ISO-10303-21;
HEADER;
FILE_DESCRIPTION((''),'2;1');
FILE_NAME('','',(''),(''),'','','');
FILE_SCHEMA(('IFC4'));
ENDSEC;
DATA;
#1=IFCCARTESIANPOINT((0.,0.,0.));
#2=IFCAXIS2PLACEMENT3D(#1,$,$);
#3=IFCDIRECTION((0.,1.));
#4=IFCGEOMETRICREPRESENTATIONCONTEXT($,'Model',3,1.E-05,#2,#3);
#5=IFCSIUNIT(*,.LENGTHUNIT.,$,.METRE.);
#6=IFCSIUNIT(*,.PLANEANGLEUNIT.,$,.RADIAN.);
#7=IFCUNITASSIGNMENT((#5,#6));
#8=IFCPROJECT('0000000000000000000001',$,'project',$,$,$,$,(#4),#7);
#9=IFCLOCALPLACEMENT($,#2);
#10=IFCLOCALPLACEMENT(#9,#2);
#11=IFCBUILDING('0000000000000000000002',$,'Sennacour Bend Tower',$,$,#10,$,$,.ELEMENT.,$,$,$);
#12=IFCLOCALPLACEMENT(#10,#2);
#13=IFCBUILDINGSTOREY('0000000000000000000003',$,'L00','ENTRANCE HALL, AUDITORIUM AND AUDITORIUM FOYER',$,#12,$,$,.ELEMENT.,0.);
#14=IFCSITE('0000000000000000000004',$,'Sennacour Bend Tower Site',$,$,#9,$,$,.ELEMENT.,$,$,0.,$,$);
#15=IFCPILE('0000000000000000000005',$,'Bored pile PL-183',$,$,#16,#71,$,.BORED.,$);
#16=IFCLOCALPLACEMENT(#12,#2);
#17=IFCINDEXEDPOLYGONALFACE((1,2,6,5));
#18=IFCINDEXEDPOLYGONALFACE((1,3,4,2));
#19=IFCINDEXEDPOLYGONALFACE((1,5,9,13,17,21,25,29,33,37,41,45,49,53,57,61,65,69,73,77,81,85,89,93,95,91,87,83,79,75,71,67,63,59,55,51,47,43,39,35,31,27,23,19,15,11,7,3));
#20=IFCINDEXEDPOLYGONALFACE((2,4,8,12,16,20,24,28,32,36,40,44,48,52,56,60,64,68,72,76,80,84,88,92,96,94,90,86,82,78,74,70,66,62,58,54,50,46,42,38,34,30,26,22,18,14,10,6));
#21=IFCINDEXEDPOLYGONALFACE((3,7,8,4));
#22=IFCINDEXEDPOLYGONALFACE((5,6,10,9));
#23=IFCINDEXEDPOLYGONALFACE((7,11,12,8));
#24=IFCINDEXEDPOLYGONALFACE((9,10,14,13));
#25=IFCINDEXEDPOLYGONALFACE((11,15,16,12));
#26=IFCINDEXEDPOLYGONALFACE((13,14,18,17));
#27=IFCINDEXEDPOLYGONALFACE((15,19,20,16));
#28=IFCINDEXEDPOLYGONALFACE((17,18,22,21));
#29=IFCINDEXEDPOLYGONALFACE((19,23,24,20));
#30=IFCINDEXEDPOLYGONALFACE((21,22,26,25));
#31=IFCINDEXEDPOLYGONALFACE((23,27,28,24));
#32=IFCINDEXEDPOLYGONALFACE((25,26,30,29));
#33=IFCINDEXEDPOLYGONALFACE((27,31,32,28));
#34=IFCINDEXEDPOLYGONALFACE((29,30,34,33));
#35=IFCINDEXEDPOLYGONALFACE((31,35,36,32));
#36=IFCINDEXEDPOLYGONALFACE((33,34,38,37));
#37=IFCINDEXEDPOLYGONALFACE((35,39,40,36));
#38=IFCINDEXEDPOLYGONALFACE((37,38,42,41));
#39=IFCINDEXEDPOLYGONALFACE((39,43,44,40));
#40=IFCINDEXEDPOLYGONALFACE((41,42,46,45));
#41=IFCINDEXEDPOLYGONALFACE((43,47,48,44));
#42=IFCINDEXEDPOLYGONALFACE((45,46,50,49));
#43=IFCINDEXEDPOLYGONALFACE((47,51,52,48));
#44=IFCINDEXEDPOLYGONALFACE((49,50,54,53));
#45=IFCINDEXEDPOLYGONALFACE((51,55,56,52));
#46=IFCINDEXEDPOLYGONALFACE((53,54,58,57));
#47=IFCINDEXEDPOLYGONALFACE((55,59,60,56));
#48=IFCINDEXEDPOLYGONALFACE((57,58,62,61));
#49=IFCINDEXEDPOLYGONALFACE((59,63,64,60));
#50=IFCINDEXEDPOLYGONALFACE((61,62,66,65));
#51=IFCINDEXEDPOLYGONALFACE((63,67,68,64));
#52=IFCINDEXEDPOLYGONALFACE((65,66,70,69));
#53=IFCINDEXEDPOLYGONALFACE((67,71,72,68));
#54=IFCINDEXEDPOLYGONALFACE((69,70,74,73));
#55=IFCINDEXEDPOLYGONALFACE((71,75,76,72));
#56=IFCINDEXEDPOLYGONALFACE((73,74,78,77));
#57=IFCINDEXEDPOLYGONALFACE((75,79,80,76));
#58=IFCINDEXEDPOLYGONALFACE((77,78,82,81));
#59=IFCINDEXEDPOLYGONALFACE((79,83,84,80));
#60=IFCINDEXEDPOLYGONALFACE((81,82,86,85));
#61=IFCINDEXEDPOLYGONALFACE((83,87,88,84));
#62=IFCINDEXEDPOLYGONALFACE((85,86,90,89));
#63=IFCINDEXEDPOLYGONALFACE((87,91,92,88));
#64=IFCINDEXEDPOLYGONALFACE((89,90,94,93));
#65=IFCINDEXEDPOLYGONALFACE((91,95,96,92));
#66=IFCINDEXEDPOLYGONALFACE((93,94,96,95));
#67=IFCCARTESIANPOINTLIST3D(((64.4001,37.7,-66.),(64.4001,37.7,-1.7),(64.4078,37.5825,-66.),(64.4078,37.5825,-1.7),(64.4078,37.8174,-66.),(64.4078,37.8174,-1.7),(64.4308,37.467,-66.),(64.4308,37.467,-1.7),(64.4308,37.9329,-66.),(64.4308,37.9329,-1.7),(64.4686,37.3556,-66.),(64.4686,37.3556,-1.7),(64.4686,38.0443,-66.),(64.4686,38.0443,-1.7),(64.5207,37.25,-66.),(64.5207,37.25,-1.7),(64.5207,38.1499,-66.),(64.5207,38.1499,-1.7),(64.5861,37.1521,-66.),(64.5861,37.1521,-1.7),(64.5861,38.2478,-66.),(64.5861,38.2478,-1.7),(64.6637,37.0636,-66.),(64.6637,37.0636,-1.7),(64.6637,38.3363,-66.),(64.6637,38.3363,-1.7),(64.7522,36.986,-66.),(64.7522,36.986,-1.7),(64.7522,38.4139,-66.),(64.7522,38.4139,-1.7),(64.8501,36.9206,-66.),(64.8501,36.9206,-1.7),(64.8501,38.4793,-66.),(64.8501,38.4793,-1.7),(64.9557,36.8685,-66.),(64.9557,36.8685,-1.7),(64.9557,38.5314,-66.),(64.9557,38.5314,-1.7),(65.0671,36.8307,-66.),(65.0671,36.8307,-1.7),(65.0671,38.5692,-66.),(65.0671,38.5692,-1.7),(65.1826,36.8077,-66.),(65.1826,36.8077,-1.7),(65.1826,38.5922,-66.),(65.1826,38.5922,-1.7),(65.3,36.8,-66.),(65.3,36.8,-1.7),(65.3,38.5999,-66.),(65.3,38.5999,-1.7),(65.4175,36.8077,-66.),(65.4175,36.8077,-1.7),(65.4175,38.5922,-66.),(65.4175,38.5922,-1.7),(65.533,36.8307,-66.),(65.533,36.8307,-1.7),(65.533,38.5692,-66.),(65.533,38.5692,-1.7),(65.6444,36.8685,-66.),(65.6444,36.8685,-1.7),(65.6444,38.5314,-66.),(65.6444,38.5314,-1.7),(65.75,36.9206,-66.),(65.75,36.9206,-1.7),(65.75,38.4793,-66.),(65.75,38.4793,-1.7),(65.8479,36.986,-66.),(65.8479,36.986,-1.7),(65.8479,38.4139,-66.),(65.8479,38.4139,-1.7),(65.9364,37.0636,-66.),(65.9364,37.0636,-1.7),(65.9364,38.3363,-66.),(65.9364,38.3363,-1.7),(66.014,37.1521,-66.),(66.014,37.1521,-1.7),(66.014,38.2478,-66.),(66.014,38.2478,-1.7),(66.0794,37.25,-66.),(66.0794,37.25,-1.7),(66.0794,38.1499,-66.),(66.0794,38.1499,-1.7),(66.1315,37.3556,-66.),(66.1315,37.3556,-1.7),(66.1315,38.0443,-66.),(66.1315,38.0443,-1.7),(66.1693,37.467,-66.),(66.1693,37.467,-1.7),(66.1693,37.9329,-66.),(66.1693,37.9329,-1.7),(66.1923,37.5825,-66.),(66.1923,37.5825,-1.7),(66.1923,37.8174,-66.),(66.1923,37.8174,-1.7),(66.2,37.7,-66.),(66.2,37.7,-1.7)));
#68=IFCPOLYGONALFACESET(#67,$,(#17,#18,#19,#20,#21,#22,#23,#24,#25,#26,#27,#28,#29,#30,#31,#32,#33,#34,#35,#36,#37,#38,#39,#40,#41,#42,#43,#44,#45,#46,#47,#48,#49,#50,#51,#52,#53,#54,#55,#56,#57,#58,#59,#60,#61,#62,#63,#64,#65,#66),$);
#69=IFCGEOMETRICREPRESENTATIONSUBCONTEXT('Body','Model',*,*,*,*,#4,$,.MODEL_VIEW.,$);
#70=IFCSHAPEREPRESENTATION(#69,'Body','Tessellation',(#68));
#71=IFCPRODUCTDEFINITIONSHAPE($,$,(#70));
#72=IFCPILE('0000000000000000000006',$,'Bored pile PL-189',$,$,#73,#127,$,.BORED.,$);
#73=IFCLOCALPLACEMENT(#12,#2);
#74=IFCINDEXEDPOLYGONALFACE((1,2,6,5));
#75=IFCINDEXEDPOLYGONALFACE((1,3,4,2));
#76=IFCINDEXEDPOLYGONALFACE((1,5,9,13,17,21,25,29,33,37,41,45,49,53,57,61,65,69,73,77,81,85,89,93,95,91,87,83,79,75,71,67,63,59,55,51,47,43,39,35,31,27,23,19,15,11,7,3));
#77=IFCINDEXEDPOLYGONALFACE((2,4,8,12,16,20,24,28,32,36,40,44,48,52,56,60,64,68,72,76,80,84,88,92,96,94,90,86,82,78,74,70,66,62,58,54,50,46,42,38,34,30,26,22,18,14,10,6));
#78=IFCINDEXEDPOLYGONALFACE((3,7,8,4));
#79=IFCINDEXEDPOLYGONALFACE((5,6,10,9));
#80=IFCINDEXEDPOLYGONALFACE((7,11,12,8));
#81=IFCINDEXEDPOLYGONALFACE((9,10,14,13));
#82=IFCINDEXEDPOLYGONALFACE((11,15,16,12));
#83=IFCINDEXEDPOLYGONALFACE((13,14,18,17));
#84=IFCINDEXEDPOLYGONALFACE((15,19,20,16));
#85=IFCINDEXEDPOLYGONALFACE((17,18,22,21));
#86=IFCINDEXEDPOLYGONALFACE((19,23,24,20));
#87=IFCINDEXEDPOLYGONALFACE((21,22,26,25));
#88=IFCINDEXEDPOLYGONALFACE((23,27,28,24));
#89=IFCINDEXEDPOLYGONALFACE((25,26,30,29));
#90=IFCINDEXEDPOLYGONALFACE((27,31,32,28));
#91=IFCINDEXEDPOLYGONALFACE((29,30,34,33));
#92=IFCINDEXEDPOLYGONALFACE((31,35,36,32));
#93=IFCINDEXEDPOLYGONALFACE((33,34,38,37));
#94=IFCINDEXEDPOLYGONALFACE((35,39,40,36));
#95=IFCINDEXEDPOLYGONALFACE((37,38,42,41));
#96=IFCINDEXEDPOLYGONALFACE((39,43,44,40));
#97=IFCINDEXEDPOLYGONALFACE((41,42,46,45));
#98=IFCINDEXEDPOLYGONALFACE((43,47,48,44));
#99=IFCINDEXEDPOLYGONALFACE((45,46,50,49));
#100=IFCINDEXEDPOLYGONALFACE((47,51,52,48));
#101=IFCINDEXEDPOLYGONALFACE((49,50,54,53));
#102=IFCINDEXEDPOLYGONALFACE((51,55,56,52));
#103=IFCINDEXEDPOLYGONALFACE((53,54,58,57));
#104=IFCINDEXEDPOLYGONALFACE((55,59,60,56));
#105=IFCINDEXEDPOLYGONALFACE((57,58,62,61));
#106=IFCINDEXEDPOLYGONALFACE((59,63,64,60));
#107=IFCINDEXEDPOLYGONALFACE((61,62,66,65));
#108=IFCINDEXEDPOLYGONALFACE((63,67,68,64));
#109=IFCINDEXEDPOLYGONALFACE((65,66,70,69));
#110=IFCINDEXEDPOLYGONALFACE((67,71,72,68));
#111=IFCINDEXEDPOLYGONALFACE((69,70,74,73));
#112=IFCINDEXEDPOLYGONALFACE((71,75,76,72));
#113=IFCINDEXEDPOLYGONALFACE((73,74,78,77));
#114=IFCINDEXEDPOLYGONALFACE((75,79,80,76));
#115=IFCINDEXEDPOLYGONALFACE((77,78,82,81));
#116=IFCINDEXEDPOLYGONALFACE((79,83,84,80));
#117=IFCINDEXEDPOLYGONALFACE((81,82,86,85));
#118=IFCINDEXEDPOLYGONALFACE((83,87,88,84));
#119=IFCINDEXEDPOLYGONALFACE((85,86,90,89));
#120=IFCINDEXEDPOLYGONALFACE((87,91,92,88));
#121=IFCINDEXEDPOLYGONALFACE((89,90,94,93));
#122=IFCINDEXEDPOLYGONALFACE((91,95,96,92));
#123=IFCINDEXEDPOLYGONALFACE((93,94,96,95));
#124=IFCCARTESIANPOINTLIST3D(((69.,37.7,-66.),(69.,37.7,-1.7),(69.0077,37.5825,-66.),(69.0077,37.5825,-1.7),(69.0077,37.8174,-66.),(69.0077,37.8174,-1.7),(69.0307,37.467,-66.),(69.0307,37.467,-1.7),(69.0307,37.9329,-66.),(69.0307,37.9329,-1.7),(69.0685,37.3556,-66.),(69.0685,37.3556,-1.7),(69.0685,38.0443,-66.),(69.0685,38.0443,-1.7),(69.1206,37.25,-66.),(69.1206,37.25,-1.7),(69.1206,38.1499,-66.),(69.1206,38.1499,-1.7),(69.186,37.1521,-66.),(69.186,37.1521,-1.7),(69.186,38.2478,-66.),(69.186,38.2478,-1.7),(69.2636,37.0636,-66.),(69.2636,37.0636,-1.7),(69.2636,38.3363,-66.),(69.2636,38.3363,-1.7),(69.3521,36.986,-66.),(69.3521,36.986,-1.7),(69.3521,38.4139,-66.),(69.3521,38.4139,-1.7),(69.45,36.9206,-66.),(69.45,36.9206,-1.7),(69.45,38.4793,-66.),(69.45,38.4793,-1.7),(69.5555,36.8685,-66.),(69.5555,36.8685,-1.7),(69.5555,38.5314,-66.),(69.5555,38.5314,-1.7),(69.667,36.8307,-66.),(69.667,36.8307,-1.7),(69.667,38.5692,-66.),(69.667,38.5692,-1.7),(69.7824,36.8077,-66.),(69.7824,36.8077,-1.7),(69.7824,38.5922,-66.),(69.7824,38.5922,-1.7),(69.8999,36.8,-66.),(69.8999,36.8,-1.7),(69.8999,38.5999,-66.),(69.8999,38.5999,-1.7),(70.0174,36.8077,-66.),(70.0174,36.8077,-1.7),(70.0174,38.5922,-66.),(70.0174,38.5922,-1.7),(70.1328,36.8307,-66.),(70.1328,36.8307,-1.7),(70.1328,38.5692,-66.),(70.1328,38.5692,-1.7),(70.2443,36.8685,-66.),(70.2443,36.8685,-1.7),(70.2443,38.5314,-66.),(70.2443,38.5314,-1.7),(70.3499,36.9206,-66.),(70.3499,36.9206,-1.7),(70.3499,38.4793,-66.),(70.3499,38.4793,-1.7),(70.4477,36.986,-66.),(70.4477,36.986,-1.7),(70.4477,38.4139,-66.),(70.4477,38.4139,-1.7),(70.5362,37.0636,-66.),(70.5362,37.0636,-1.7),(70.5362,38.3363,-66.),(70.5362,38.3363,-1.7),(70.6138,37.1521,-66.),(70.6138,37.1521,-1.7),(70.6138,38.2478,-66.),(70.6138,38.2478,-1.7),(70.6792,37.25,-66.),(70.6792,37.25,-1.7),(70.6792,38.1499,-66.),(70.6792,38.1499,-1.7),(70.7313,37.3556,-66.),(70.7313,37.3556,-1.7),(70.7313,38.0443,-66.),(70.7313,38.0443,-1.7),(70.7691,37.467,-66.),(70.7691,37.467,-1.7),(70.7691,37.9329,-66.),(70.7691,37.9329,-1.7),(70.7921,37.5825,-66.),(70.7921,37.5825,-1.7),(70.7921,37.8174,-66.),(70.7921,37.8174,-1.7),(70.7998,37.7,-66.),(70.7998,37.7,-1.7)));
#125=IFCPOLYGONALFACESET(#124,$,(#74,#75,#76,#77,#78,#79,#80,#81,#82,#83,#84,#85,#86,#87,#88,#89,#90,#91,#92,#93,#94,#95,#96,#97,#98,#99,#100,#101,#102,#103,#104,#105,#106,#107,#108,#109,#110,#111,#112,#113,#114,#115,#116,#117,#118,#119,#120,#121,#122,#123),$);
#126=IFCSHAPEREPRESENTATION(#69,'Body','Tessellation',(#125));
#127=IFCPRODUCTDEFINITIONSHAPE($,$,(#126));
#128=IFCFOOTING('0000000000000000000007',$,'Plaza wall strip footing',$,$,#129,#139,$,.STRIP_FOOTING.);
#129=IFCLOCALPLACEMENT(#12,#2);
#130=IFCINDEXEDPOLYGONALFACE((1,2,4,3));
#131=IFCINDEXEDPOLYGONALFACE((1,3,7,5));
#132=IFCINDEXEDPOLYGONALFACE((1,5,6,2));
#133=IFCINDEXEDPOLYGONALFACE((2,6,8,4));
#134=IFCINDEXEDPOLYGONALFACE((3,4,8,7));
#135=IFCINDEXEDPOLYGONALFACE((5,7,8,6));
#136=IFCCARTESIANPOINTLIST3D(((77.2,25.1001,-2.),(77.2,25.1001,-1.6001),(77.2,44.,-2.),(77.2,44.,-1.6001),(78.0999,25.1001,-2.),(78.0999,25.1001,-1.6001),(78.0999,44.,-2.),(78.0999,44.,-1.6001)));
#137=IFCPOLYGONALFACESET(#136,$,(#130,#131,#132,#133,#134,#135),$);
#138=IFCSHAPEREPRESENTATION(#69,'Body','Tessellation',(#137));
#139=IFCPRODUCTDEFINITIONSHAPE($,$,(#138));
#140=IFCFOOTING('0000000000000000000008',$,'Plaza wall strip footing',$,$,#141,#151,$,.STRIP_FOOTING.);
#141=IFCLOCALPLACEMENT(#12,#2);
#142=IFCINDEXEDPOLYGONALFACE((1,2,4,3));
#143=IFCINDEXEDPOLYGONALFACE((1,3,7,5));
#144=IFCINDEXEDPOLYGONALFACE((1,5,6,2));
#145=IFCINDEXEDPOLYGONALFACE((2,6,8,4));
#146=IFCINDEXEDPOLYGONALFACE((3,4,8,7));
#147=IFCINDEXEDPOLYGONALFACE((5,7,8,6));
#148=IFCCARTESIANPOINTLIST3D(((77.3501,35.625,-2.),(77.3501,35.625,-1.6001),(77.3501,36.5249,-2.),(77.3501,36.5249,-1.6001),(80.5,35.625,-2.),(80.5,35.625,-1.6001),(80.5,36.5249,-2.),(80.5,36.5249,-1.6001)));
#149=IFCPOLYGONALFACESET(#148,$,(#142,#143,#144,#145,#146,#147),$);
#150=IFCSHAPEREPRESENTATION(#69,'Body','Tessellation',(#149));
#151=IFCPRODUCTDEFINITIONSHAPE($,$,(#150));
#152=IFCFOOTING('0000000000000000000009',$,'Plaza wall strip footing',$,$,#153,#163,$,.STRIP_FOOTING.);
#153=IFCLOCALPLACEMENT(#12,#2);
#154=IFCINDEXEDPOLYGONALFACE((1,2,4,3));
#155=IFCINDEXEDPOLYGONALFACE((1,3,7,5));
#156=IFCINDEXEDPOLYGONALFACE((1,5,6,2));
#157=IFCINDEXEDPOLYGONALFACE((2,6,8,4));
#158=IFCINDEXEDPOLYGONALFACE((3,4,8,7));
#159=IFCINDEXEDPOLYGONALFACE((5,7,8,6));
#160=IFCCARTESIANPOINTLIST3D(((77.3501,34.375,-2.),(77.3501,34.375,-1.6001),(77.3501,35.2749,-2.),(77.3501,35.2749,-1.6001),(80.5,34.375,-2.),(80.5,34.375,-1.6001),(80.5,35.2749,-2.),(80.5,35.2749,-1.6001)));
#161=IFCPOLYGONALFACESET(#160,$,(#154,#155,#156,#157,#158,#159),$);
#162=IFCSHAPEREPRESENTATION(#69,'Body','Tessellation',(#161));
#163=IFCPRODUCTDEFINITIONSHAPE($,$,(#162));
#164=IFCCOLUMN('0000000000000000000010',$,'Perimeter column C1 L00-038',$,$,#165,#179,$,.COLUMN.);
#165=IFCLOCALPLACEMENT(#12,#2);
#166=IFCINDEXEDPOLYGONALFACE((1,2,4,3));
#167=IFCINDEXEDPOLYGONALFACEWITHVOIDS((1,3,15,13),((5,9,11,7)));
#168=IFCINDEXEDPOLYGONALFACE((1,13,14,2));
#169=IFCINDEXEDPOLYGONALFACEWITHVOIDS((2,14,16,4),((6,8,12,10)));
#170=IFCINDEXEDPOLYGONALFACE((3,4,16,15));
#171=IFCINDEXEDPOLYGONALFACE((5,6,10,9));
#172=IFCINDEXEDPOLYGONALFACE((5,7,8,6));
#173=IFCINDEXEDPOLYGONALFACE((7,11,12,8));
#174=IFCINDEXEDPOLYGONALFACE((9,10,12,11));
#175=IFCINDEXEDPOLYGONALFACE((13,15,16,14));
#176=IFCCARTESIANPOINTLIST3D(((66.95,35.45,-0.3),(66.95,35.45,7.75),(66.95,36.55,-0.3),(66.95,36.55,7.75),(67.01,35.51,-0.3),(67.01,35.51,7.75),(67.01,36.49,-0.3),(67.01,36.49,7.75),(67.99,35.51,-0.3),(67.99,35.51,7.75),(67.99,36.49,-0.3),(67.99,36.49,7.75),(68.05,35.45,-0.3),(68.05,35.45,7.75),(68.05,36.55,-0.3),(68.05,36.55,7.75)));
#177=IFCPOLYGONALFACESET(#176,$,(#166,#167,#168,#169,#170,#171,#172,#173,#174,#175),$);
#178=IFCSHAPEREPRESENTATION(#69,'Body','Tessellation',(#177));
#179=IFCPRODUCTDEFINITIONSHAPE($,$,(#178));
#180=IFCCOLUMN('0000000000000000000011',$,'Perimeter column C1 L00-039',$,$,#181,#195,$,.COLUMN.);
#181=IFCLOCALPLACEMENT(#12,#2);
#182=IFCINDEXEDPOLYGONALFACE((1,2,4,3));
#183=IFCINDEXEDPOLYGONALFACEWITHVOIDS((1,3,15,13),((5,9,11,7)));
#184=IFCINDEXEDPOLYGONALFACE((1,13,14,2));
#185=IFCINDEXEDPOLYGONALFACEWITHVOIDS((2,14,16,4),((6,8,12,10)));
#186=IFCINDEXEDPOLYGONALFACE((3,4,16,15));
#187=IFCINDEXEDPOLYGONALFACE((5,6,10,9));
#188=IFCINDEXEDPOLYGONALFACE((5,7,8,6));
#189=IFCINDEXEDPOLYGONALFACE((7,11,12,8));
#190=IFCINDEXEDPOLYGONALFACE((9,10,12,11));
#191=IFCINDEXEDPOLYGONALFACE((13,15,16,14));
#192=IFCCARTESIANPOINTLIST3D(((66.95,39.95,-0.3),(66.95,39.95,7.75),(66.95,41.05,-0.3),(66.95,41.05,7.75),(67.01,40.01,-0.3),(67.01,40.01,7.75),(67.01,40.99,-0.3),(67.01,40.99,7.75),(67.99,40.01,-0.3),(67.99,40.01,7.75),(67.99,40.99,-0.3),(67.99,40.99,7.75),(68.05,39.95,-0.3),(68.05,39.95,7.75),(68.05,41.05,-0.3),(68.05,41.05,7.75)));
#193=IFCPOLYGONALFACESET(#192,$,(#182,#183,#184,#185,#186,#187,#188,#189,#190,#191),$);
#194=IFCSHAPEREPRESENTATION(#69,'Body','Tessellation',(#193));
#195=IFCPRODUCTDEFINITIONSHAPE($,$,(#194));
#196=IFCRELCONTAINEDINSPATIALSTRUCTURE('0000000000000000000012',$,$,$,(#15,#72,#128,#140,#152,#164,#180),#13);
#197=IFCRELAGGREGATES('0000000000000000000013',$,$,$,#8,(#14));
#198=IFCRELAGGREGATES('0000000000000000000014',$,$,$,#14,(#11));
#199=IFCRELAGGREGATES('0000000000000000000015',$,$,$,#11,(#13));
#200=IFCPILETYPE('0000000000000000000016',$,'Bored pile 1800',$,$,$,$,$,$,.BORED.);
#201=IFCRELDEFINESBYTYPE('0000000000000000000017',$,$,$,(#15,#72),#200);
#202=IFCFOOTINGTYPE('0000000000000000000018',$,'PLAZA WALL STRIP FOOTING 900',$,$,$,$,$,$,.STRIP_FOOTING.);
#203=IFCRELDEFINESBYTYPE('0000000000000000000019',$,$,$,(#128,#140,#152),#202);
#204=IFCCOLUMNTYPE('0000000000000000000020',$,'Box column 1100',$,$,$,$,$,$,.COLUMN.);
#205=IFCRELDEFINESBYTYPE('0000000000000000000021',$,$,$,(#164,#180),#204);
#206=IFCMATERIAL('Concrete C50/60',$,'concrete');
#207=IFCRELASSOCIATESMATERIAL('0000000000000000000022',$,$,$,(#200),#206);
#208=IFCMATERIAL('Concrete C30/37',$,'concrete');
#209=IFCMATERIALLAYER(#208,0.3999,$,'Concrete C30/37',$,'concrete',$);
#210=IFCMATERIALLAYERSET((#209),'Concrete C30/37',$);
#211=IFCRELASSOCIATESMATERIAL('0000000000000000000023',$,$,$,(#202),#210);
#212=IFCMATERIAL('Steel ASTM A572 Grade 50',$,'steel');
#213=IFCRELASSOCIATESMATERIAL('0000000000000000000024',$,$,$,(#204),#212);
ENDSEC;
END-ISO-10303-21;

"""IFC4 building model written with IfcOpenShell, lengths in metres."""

from ifc_helpers import new_model, si_unit, direction, frame, origin, origin_2d, place, context, subcontext, project, spatial, rectangle, hollow_rectangle, circle, extrude, material, layer, layer_set, material_profile, profile_set, type_object, element, save


model = new_model("IFC4")

# Units and contexts
model_context = context("Model", 3, precision=1e-05, world=origin(), true_north=direction((0.0, 1.0)))
body_context = subcontext(model_context, "Body", "Model", "MODEL_VIEW")
ifc_project = project(units=[si_unit("LENGTHUNIT", "METRE"), si_unit("PLANEANGLEUNIT", "RADIAN")], contexts=[model_context])

# Site, building, storey
site_placement = place(None, origin())
site = spatial("IfcSite", under=ifc_project, at=site_placement, Name="Sennacour Bend Tower Site", CompositionType="ELEMENT", RefElevation=0.0)
building_placement = place(site_placement, origin())
building = spatial("IfcBuilding", under=site, at=building_placement, Name="Sennacour Bend Tower", CompositionType="ELEMENT")
storey_placement = place(building_placement, origin())
storey = spatial("IfcBuildingStorey", under=building, at=storey_placement, Name="L00", Description="ENTRANCE HALL, AUDITORIUM AND AUDITORIUM FOYER", CompositionType="ELEMENT", Elevation=0.0)

# Piles
ifc_material_1 = material(Name="Concrete C50/60", Category="concrete")
ifc_material_profile_1 = material_profile(ifc_material_1, circle(Radius=0.8999, at=origin_2d()), Name="Concrete C50/60", Category="concrete")
ifc_profile_set_1 = profile_set([ifc_material_profile_1], Name="Concrete C50/60")
pile_type = type_object("IfcPileType", Name="Bored pile 1800", PredefinedType="BORED", material=ifc_profile_set_1)
for number, where, z_axis, x_axis, name in (
    (1, (65.3, 37.7, -1.7), (0.0, 0.0, -1.0), (1.0, 0.0, 0.0), "Bored pile PL-183"),
    (2, (69.8999, 37.7, -1.7), (0.0, 0.0, -1.0), (1.0, 0.0, 0.0), "Bored pile PL-189"),
):
    element("IfcPile", number, at=place(storey_placement, frame(where, z_axis=z_axis, x_axis=x_axis)), inside=storey, type_object=pile_type, Name=name, PredefinedType="BORED", context=body_context, shape_type="SweptSolid", body=[
        extrude(circle(Radius=0.8999, at=origin_2d()), origin(), (0.0, 0.0, 1.0), 64.3),
    ])

# Footings
ifc_material_2 = material(Name="Concrete C30/37", Category="concrete")
ifc_layer_1 = layer(ifc_material_2, 0.3999, Name="Concrete C30/37", Category="concrete")
ifc_layer_set_1 = layer_set([ifc_layer_1], Name="Concrete C30/37")
footing_type = type_object("IfcFootingType", Name="PLAZA WALL STRIP FOOTING 900", PredefinedType="STRIP_FOOTING", material=ifc_layer_set_1)
footing_placement = place(storey_placement, frame((77.6499, 34.55, -2.0), z_axis=(0.0, 0.0, 1.0), x_axis=(1.0, 0.0, 0.0)))
element("IfcFooting", 3, at=footing_placement, inside=storey, type_object=footing_type, Name="Plaza wall strip footing", PredefinedType="STRIP_FOOTING", context=body_context, shape_type="SweptSolid", body=[
    extrude(rectangle(XDim=0.8999, YDim=18.8999, at=origin_2d()), origin(), (0.0, 0.0, 1.0), 0.3999),
])
for number, where, z_axis, x_axis, name in (
    (4, (78.925, 36.075, -2.0), (0.0, 0.0, 1.0), (1.0, 0.0, 0.0), "Plaza wall strip footing"),
    (5, (78.925, 34.825, -2.0), (0.0, 0.0, 1.0), (1.0, 0.0, 0.0), "Plaza wall strip footing"),
):
    element("IfcFooting", number, at=place(storey_placement, frame(where, z_axis=z_axis, x_axis=x_axis)), inside=storey, type_object=footing_type, Name=name, PredefinedType="STRIP_FOOTING", context=body_context, shape_type="SweptSolid", body=[
        extrude(rectangle(XDim=3.1499, YDim=0.8999, at=origin_2d()), origin(), (0.0, 0.0, 1.0), 0.3999),
    ])

# Columns
ifc_material_3 = material(Name="Steel ASTM A572 Grade 50", Category="steel")
ifc_material_profile_2 = material_profile(ifc_material_3, hollow_rectangle(XDim=1.1001, YDim=1.1001, WallThickness=0.0601, at=origin_2d()), Name="Steel ASTM A572 Grade 50", Category="steel")
ifc_profile_set_2 = profile_set([ifc_material_profile_2], Name="Steel ASTM A572 Grade 50")
column_type = type_object("IfcColumnType", Name="Box column 1100", PredefinedType="COLUMN", material=ifc_profile_set_2)
for number, where, z_axis, x_axis, name in (
    (6, (67.5, 36.0, -0.3), (0.0, 0.0, 1.0), (1.0, 0.0, 0.0), "Perimeter column C1 L00-038"),
    (7, (67.5, 40.5, -0.3), (0.0, 0.0, 1.0), (1.0, 0.0, 0.0), "Perimeter column C1 L00-039"),
):
    element("IfcColumn", number, at=place(storey_placement, frame(where, z_axis=z_axis, x_axis=x_axis)), inside=storey, type_object=column_type, Name=name, PredefinedType="COLUMN", context=body_context, shape_type="SweptSolid", body=[
        extrude(hollow_rectangle(XDim=1.1001, YDim=1.1001, WallThickness=0.0601, at=origin_2d()), origin(), (0.0, 0.0, 1.0), 8.05),
    ])

save(model, "model.ifc")
